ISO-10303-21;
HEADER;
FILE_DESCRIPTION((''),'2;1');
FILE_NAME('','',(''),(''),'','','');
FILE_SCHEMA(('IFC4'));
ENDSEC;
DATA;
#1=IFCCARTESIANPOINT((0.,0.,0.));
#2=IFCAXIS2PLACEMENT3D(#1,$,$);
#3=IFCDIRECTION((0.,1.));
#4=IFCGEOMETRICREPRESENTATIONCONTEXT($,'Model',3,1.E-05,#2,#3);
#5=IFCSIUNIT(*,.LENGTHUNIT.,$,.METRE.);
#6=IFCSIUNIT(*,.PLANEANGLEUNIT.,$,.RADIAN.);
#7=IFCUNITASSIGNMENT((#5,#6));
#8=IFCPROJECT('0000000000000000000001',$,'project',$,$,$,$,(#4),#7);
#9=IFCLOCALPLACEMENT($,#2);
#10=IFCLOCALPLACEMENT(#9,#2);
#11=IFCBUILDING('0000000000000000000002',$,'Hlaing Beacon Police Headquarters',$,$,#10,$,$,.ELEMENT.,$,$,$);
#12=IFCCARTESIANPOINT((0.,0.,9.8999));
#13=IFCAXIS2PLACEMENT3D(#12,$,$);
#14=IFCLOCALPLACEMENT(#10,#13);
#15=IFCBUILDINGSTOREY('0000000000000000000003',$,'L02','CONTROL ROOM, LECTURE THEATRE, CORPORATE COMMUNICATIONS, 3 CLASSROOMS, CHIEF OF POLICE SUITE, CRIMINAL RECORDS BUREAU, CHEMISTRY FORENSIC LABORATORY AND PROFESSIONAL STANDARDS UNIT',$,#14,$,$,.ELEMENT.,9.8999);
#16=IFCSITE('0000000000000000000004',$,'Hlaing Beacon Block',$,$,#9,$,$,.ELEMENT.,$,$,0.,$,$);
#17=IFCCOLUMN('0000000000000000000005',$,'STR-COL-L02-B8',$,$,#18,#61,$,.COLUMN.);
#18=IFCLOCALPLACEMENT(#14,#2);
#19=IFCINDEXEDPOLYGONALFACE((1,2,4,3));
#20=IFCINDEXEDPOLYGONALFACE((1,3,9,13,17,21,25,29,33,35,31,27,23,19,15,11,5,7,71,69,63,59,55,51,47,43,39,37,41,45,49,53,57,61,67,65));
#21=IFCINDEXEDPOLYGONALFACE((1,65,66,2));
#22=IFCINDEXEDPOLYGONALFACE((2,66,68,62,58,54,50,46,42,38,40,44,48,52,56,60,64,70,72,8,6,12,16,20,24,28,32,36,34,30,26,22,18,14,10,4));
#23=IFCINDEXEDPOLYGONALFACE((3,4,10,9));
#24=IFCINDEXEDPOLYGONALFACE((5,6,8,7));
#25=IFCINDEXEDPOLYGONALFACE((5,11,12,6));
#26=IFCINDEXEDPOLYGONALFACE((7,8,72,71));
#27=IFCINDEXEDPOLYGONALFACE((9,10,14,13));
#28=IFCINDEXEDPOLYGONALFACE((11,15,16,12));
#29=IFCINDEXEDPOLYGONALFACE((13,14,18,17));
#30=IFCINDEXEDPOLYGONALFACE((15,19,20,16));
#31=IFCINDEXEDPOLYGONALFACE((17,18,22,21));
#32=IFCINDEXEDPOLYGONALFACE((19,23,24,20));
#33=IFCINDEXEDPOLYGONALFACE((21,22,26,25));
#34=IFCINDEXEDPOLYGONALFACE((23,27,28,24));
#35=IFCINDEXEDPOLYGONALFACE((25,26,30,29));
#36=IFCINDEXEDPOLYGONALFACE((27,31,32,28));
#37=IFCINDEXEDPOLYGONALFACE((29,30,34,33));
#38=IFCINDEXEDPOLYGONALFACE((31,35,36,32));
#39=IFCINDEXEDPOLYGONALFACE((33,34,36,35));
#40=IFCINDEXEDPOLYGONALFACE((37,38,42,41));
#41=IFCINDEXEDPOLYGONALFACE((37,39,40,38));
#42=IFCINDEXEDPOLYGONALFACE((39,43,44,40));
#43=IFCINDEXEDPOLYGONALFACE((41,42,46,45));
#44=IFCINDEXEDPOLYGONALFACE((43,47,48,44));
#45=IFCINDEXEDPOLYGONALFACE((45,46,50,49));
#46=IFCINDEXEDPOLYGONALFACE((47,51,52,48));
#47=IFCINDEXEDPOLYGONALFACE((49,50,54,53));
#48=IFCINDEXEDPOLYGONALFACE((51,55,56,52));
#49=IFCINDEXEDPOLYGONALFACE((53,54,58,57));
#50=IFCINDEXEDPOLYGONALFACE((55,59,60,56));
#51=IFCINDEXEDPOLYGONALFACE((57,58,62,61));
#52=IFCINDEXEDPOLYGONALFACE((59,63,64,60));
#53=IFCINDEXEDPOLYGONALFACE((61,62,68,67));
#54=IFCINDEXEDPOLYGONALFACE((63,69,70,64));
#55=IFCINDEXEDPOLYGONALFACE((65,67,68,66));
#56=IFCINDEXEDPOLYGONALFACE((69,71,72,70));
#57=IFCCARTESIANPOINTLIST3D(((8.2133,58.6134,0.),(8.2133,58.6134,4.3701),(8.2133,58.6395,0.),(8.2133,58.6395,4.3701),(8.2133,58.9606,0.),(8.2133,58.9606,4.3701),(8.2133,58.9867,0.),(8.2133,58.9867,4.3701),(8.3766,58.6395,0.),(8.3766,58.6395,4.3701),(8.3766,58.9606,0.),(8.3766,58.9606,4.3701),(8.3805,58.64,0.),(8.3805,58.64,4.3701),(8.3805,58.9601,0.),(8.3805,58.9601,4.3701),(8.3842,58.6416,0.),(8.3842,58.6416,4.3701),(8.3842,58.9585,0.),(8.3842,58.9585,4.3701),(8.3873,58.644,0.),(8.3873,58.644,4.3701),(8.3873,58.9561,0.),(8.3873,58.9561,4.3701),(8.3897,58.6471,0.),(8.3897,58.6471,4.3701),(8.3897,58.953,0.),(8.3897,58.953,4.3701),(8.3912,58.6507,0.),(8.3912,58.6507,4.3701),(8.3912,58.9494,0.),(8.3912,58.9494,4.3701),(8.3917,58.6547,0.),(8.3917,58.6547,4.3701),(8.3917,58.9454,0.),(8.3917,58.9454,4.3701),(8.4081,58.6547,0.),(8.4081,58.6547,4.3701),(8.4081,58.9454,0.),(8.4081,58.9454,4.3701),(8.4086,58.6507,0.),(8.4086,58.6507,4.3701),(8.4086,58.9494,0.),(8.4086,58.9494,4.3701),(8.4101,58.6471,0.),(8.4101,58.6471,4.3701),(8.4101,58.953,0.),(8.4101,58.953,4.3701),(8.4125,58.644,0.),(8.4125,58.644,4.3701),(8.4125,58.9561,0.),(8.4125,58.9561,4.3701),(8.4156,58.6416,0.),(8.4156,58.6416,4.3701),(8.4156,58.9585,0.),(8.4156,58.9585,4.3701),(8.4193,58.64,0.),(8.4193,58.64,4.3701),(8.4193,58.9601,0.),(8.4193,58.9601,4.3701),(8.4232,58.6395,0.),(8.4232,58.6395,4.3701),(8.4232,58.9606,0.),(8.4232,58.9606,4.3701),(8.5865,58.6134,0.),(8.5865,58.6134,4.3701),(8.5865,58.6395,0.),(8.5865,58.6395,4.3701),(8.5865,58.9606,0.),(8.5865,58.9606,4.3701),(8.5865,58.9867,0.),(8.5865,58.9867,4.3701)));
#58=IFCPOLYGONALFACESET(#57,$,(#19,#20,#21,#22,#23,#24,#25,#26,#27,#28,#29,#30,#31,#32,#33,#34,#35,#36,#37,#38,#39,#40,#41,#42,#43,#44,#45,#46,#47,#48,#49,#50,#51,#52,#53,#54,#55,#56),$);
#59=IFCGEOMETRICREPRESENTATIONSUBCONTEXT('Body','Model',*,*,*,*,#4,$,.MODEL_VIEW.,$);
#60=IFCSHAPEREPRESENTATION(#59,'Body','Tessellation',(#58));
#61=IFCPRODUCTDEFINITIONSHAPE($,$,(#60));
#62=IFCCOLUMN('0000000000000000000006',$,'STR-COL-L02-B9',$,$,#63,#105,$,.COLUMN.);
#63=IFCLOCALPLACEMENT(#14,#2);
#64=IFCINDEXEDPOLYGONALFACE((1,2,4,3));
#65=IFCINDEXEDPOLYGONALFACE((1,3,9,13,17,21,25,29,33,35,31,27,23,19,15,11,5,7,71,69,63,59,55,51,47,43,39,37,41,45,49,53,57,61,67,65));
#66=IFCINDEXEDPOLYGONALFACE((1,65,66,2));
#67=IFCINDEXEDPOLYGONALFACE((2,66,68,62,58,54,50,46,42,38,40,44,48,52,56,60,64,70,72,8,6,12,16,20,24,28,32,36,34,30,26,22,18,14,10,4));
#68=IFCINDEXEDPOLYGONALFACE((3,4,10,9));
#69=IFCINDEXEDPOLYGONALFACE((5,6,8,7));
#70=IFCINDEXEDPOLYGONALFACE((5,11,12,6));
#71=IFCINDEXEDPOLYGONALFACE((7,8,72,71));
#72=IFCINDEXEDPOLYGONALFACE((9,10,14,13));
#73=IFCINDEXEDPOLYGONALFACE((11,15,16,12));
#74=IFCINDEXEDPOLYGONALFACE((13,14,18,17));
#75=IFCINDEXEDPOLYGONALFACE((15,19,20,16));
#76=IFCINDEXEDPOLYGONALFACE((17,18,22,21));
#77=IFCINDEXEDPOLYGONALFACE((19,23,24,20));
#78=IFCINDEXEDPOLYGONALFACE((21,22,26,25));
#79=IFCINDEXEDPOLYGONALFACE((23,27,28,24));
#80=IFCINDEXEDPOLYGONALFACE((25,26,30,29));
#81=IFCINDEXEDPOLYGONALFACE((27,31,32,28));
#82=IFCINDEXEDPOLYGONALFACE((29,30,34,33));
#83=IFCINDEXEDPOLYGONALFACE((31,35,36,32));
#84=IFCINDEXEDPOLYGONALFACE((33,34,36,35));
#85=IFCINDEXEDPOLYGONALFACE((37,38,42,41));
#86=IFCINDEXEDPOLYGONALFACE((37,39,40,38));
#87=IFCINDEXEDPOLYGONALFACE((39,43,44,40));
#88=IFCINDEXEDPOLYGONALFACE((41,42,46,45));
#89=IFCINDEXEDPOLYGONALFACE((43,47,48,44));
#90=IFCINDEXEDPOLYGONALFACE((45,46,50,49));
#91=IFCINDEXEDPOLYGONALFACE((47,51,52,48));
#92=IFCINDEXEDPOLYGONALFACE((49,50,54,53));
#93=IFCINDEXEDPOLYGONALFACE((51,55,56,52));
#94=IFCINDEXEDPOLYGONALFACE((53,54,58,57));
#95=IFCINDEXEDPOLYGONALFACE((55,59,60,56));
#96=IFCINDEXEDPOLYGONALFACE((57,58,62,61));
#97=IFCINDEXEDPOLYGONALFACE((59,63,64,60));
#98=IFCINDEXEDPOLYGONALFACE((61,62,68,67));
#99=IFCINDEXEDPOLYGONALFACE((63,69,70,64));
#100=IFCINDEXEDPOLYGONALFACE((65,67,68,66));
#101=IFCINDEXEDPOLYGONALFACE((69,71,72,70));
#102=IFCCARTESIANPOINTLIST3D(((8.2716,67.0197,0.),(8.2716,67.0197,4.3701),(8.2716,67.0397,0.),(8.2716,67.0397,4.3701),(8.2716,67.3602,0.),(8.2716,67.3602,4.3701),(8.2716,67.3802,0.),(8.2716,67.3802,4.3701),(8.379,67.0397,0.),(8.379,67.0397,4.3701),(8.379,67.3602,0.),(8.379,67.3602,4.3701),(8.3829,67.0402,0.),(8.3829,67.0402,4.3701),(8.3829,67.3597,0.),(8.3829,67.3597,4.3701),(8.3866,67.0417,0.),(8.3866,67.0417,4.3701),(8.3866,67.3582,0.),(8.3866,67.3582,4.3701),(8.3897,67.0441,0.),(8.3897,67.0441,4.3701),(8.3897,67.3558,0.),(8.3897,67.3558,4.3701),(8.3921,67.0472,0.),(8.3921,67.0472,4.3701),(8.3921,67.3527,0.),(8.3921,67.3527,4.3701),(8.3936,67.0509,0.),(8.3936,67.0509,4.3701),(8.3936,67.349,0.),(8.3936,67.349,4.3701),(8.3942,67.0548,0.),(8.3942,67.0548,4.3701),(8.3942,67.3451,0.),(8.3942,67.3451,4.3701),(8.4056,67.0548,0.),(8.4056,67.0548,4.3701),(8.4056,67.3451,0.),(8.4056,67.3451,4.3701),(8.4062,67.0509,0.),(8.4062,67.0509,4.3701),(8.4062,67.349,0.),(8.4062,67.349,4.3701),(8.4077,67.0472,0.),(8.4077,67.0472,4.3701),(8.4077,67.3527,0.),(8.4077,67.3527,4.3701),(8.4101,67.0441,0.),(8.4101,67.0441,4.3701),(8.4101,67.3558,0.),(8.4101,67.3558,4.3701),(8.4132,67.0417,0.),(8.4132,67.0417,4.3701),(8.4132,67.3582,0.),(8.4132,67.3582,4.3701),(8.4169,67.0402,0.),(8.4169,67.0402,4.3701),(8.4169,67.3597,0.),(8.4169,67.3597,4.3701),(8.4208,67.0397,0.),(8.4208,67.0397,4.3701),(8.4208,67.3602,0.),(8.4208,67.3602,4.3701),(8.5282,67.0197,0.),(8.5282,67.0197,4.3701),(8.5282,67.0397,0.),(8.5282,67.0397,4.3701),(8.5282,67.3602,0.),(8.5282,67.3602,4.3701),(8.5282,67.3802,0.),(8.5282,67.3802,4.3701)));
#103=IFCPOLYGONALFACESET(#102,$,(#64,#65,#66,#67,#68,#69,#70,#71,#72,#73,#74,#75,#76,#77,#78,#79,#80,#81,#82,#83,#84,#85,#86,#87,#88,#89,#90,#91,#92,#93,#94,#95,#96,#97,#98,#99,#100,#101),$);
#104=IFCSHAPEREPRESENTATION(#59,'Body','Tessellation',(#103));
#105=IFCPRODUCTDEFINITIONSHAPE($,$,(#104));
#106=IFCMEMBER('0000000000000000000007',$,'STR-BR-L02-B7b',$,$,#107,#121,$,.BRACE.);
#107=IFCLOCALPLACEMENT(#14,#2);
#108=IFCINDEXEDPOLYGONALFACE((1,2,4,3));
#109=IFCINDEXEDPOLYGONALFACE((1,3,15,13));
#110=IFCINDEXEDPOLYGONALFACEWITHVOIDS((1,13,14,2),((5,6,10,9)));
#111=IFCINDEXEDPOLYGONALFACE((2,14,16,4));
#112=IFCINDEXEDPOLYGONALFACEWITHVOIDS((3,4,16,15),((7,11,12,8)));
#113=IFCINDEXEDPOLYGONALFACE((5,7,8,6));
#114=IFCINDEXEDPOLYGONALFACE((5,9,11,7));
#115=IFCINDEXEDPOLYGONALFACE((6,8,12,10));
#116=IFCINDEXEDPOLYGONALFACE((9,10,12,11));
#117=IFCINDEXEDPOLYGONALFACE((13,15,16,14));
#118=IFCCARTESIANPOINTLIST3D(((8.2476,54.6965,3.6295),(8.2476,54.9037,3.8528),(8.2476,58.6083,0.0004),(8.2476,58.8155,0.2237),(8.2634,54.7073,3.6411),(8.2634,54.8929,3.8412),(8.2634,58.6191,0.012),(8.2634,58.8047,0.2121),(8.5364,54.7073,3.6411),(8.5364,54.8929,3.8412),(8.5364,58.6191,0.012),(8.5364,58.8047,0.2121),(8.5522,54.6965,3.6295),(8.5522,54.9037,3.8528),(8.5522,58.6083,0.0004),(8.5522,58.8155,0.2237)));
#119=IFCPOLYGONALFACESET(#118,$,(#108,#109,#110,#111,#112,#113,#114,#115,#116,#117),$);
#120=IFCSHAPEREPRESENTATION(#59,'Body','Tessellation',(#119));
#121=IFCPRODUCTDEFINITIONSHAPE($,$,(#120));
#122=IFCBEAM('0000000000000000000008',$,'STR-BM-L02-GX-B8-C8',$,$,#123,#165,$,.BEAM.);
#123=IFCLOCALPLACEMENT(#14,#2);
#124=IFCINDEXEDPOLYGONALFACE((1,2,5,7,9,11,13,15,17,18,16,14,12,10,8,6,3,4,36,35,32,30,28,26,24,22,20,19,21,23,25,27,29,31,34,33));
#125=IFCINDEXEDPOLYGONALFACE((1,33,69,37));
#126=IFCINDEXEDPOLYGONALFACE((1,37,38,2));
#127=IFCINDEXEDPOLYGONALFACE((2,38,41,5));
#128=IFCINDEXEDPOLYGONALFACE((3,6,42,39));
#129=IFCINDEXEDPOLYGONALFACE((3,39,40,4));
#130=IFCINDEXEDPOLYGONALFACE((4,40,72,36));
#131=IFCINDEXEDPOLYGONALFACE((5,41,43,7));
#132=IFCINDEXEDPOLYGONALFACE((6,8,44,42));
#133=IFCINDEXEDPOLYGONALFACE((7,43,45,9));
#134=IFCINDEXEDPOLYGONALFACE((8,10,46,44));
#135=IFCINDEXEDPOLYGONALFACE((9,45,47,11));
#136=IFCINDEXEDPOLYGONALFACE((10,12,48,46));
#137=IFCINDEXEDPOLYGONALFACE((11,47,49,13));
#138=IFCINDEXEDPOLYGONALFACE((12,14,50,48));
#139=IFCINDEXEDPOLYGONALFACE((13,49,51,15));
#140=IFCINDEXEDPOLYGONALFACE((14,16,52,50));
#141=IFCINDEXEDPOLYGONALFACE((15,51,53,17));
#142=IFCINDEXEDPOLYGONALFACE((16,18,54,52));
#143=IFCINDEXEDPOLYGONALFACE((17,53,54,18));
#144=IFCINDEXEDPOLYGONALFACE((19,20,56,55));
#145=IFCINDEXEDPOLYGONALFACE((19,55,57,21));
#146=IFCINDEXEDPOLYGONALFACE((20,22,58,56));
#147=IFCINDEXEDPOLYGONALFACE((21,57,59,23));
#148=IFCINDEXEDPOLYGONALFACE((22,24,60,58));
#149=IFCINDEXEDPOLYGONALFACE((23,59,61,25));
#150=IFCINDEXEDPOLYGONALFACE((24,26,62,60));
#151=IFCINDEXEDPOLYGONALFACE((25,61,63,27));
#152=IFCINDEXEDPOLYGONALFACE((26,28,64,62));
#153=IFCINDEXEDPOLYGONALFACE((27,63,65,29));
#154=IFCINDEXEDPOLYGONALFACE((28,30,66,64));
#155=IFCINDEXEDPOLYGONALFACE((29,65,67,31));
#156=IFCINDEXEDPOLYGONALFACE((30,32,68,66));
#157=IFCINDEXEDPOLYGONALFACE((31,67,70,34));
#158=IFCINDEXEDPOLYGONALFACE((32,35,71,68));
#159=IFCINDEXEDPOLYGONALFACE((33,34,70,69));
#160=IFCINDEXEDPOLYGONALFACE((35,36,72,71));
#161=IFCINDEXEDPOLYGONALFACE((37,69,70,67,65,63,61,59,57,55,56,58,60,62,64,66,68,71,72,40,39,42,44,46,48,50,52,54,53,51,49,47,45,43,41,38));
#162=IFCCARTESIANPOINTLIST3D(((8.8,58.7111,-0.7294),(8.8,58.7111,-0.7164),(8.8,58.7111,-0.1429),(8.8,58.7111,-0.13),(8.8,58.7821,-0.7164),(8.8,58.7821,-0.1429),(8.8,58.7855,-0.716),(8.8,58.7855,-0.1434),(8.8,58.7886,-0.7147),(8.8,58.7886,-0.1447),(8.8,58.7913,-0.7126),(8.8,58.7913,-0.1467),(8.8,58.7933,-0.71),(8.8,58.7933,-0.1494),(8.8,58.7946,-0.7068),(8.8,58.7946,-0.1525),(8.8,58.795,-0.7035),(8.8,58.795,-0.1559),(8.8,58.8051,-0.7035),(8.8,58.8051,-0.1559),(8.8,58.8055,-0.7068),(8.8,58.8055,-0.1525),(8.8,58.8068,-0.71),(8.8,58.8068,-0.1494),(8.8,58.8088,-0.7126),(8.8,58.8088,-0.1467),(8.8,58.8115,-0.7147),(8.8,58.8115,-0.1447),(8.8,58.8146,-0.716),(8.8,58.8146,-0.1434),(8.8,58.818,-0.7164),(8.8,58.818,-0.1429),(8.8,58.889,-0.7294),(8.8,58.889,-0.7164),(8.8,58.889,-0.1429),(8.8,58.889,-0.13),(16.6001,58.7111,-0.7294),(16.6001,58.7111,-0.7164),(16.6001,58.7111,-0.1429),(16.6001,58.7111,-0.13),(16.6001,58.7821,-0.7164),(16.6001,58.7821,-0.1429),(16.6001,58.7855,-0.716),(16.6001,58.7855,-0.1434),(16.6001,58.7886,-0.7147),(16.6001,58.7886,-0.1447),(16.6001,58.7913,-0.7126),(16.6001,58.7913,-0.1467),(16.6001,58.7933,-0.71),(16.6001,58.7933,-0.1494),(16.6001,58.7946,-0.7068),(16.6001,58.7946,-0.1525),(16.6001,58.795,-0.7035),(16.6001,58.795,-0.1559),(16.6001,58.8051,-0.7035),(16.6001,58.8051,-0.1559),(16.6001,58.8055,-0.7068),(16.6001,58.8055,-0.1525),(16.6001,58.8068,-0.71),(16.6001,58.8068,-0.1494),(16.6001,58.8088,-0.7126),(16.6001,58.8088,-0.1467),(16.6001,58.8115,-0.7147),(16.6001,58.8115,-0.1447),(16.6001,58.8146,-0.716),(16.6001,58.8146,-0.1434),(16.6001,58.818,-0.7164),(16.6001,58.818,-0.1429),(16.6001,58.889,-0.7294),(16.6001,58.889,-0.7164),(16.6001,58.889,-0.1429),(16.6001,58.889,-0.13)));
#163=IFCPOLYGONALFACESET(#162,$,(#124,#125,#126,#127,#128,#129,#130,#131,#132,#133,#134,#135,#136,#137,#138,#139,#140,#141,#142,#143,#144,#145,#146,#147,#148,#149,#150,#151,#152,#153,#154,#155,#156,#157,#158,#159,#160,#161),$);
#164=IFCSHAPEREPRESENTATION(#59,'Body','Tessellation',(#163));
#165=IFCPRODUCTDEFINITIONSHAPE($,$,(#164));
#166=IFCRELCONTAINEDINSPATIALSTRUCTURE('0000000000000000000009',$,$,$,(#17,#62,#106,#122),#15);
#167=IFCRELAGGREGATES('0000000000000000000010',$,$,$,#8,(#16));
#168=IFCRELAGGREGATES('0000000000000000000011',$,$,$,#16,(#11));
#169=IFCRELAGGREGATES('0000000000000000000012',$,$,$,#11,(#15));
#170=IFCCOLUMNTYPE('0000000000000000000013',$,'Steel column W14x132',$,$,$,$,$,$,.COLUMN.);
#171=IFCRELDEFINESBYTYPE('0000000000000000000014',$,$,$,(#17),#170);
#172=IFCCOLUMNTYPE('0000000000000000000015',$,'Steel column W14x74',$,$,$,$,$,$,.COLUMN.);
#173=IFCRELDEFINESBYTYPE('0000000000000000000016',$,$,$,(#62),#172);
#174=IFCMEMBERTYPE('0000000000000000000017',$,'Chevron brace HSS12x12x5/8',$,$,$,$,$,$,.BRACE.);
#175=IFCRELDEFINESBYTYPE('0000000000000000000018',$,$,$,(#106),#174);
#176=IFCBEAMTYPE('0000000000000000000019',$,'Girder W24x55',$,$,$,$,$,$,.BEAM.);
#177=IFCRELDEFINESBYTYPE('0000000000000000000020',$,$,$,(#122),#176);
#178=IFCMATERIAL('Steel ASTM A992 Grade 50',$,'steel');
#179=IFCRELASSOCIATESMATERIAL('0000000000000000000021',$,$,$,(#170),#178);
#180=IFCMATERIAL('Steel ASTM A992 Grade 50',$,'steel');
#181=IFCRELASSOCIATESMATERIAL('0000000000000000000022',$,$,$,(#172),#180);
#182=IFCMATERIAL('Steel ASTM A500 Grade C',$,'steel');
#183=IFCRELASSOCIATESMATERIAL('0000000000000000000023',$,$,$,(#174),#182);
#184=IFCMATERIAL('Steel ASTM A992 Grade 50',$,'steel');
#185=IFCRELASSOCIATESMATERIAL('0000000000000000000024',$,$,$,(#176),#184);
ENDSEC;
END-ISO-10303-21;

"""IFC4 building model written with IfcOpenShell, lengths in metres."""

from ifc_helpers import new_model, si_unit, direction, frame, origin, origin_2d, place, context, subcontext, project, spatial, hollow_rectangle, i_section, extrude, material, material_profile, profile_set, type_object, element, save


model = new_model("IFC4")

# Units and contexts
model_context = context("Model", 3, precision=1e-05, world=origin(), true_north=direction((0.0, 1.0)))
body_context = subcontext(model_context, "Body", "Model", "MODEL_VIEW")
ifc_project = project(units=[si_unit("LENGTHUNIT", "METRE"), si_unit("PLANEANGLEUNIT", "RADIAN")], contexts=[model_context])

# Site, building, storey
site_placement = place(None, origin())
site = spatial("IfcSite", under=ifc_project, at=site_placement, Name="Hlaing Beacon Block", CompositionType="ELEMENT", RefElevation=0.0)
building_placement = place(site_placement, origin())
building = spatial("IfcBuilding", under=site, at=building_placement, Name="Hlaing Beacon Police Headquarters", CompositionType="ELEMENT")
storey_placement = place(building_placement, frame((0.0, 0.0, 9.8999)))
storey = spatial("IfcBuildingStorey", under=building, at=storey_placement, Name="L02", Description="CONTROL ROOM, LECTURE THEATRE, CORPORATE COMMUNICATIONS, 3 CLASSROOMS, CHIEF OF POLICE SUITE, CRIMINAL RECORDS BUREAU, CHEMISTRY FORENSIC LABORATORY AND PROFESSIONAL STANDARDS UNIT", CompositionType="ELEMENT", Elevation=9.8999)

# Columns
ifc_material_1 = material(Name="Steel ASTM A992 Grade 50", Category="steel")
ifc_material_profile_1 = material_profile(ifc_material_1, i_section(OverallWidth=0.3733, OverallDepth=0.3733, WebThickness=0.0164, FlangeThickness=0.0261, FilletRadius=0.0151, at=origin_2d()), Name="W14x132")
ifc_profile_set_1 = profile_set([ifc_material_profile_1], Name="Steel ASTM A992 Grade 50")
column_type_1 = type_object("IfcColumnType", Name="Steel column W14x132", PredefinedType="COLUMN", material=ifc_profile_set_1)
column_1_placement = place(storey_placement, frame((8.3999, 58.8, 0.0), z_axis=(0.0, 0.0, 1.0), x_axis=(1.0, 0.0, 0.0)))
element("IfcColumn", 1, at=column_1_placement, inside=storey, type_object=column_type_1, Name="STR-COL-L02-B8", PredefinedType="COLUMN", context=body_context, shape_type="SweptSolid", body=[
    extrude(i_section(OverallWidth=0.3733, OverallDepth=0.3733, WebThickness=0.0164, FlangeThickness=0.0261, FilletRadius=0.0151, at=origin_2d()), origin(), (0.0, 0.0, 1.0), 4.3701),
])
ifc_material_2 = material(Name="Steel ASTM A992 Grade 50", Category="steel")
ifc_material_profile_2 = material_profile(ifc_material_2, i_section(OverallWidth=0.2566, OverallDepth=0.3606, WebThickness=0.0115, FlangeThickness=0.02, FilletRadius=0.0151, at=origin_2d()), Name="W14x74")
ifc_profile_set_2 = profile_set([ifc_material_profile_2], Name="Steel ASTM A992 Grade 50")
column_type_2 = type_object("IfcColumnType", Name="Steel column W14x74", PredefinedType="COLUMN", material=ifc_profile_set_2)
column_2_placement = place(storey_placement, frame((8.3999, 67.2, 0.0), z_axis=(0.0, 0.0, 1.0), x_axis=(1.0, 0.0, 0.0)))
element("IfcColumn", 2, at=column_2_placement, inside=storey, type_object=column_type_2, Name="STR-COL-L02-B9", PredefinedType="COLUMN", context=body_context, shape_type="SweptSolid", body=[
    extrude(i_section(OverallWidth=0.2566, OverallDepth=0.3606, WebThickness=0.0115, FlangeThickness=0.02, FilletRadius=0.0151, at=origin_2d()), origin(), (0.0, 0.0, 1.0), 4.3701),
])

# Member
ifc_material_3 = material(Name="Steel ASTM A500 Grade C", Category="steel")
ifc_material_profile_3 = material_profile(ifc_material_3, hollow_rectangle(XDim=0.3047, YDim=0.3047, WallThickness=0.0159, at=origin_2d()), Name="HSS12x12x5/8")
ifc_profile_set_3 = profile_set([ifc_material_profile_3], Name="Steel ASTM A500 Grade C")
member_type = type_object("IfcMemberType", Name="Chevron brace HSS12x12x5/8", PredefinedType="BRACE", material=ifc_profile_set_3)
member_placement = place(storey_placement, frame((8.3999, 58.7119, 0.1121), z_axis=(0.0, -0.733101, 0.680119), x_axis=(1.0, 0.0, 0.0)))
element("IfcMember", 3, at=member_placement, inside=storey, type_object=member_type, Name="STR-BR-L02-B7b", PredefinedType="BRACE", context=body_context, shape_type="SweptSolid", body=[
    extrude(hollow_rectangle(XDim=0.3047, YDim=0.3047, WallThickness=0.0159, at=origin_2d()), origin(), (0.0, 0.0, 1.0), 5.3359),
])

# Beam
ifc_material_4 = material(Name="Steel ASTM A992 Grade 50", Category="steel")
ifc_material_profile_4 = material_profile(ifc_material_4, i_section(OverallWidth=0.178, OverallDepth=0.5994, WebThickness=0.01, FlangeThickness=0.0129, FilletRadius=0.0129, at=origin_2d()), Name="W24x55")
ifc_profile_set_4 = profile_set([ifc_material_profile_4], Name="Steel ASTM A992 Grade 50")
beam_type_1 = type_object("IfcBeamType", Name="Girder W24x55", PredefinedType="BEAM", material=ifc_profile_set_4)
for number, where, z_axis, x_axis, name in (
    (4, (8.8, 58.8, -0.4297), (1.0, 0.0, 0.0), (0.0, 1.0, 0.0), "STR-BM-L02-GX-B8-C8"),
):
    element("IfcBeam", number, at=place(storey_placement, frame(where, z_axis=z_axis, x_axis=x_axis)), inside=storey, type_object=beam_type_1, Name=name, PredefinedType="BEAM", context=body_context, shape_type="SweptSolid", body=[
        extrude(i_section(OverallWidth=0.178, OverallDepth=0.5994, WebThickness=0.01, FlangeThickness=0.0129, FilletRadius=0.0129, at=origin_2d()), origin(), (0.0, 0.0, 1.0), 7.8),
    ])

save(model, "model.ifc")
